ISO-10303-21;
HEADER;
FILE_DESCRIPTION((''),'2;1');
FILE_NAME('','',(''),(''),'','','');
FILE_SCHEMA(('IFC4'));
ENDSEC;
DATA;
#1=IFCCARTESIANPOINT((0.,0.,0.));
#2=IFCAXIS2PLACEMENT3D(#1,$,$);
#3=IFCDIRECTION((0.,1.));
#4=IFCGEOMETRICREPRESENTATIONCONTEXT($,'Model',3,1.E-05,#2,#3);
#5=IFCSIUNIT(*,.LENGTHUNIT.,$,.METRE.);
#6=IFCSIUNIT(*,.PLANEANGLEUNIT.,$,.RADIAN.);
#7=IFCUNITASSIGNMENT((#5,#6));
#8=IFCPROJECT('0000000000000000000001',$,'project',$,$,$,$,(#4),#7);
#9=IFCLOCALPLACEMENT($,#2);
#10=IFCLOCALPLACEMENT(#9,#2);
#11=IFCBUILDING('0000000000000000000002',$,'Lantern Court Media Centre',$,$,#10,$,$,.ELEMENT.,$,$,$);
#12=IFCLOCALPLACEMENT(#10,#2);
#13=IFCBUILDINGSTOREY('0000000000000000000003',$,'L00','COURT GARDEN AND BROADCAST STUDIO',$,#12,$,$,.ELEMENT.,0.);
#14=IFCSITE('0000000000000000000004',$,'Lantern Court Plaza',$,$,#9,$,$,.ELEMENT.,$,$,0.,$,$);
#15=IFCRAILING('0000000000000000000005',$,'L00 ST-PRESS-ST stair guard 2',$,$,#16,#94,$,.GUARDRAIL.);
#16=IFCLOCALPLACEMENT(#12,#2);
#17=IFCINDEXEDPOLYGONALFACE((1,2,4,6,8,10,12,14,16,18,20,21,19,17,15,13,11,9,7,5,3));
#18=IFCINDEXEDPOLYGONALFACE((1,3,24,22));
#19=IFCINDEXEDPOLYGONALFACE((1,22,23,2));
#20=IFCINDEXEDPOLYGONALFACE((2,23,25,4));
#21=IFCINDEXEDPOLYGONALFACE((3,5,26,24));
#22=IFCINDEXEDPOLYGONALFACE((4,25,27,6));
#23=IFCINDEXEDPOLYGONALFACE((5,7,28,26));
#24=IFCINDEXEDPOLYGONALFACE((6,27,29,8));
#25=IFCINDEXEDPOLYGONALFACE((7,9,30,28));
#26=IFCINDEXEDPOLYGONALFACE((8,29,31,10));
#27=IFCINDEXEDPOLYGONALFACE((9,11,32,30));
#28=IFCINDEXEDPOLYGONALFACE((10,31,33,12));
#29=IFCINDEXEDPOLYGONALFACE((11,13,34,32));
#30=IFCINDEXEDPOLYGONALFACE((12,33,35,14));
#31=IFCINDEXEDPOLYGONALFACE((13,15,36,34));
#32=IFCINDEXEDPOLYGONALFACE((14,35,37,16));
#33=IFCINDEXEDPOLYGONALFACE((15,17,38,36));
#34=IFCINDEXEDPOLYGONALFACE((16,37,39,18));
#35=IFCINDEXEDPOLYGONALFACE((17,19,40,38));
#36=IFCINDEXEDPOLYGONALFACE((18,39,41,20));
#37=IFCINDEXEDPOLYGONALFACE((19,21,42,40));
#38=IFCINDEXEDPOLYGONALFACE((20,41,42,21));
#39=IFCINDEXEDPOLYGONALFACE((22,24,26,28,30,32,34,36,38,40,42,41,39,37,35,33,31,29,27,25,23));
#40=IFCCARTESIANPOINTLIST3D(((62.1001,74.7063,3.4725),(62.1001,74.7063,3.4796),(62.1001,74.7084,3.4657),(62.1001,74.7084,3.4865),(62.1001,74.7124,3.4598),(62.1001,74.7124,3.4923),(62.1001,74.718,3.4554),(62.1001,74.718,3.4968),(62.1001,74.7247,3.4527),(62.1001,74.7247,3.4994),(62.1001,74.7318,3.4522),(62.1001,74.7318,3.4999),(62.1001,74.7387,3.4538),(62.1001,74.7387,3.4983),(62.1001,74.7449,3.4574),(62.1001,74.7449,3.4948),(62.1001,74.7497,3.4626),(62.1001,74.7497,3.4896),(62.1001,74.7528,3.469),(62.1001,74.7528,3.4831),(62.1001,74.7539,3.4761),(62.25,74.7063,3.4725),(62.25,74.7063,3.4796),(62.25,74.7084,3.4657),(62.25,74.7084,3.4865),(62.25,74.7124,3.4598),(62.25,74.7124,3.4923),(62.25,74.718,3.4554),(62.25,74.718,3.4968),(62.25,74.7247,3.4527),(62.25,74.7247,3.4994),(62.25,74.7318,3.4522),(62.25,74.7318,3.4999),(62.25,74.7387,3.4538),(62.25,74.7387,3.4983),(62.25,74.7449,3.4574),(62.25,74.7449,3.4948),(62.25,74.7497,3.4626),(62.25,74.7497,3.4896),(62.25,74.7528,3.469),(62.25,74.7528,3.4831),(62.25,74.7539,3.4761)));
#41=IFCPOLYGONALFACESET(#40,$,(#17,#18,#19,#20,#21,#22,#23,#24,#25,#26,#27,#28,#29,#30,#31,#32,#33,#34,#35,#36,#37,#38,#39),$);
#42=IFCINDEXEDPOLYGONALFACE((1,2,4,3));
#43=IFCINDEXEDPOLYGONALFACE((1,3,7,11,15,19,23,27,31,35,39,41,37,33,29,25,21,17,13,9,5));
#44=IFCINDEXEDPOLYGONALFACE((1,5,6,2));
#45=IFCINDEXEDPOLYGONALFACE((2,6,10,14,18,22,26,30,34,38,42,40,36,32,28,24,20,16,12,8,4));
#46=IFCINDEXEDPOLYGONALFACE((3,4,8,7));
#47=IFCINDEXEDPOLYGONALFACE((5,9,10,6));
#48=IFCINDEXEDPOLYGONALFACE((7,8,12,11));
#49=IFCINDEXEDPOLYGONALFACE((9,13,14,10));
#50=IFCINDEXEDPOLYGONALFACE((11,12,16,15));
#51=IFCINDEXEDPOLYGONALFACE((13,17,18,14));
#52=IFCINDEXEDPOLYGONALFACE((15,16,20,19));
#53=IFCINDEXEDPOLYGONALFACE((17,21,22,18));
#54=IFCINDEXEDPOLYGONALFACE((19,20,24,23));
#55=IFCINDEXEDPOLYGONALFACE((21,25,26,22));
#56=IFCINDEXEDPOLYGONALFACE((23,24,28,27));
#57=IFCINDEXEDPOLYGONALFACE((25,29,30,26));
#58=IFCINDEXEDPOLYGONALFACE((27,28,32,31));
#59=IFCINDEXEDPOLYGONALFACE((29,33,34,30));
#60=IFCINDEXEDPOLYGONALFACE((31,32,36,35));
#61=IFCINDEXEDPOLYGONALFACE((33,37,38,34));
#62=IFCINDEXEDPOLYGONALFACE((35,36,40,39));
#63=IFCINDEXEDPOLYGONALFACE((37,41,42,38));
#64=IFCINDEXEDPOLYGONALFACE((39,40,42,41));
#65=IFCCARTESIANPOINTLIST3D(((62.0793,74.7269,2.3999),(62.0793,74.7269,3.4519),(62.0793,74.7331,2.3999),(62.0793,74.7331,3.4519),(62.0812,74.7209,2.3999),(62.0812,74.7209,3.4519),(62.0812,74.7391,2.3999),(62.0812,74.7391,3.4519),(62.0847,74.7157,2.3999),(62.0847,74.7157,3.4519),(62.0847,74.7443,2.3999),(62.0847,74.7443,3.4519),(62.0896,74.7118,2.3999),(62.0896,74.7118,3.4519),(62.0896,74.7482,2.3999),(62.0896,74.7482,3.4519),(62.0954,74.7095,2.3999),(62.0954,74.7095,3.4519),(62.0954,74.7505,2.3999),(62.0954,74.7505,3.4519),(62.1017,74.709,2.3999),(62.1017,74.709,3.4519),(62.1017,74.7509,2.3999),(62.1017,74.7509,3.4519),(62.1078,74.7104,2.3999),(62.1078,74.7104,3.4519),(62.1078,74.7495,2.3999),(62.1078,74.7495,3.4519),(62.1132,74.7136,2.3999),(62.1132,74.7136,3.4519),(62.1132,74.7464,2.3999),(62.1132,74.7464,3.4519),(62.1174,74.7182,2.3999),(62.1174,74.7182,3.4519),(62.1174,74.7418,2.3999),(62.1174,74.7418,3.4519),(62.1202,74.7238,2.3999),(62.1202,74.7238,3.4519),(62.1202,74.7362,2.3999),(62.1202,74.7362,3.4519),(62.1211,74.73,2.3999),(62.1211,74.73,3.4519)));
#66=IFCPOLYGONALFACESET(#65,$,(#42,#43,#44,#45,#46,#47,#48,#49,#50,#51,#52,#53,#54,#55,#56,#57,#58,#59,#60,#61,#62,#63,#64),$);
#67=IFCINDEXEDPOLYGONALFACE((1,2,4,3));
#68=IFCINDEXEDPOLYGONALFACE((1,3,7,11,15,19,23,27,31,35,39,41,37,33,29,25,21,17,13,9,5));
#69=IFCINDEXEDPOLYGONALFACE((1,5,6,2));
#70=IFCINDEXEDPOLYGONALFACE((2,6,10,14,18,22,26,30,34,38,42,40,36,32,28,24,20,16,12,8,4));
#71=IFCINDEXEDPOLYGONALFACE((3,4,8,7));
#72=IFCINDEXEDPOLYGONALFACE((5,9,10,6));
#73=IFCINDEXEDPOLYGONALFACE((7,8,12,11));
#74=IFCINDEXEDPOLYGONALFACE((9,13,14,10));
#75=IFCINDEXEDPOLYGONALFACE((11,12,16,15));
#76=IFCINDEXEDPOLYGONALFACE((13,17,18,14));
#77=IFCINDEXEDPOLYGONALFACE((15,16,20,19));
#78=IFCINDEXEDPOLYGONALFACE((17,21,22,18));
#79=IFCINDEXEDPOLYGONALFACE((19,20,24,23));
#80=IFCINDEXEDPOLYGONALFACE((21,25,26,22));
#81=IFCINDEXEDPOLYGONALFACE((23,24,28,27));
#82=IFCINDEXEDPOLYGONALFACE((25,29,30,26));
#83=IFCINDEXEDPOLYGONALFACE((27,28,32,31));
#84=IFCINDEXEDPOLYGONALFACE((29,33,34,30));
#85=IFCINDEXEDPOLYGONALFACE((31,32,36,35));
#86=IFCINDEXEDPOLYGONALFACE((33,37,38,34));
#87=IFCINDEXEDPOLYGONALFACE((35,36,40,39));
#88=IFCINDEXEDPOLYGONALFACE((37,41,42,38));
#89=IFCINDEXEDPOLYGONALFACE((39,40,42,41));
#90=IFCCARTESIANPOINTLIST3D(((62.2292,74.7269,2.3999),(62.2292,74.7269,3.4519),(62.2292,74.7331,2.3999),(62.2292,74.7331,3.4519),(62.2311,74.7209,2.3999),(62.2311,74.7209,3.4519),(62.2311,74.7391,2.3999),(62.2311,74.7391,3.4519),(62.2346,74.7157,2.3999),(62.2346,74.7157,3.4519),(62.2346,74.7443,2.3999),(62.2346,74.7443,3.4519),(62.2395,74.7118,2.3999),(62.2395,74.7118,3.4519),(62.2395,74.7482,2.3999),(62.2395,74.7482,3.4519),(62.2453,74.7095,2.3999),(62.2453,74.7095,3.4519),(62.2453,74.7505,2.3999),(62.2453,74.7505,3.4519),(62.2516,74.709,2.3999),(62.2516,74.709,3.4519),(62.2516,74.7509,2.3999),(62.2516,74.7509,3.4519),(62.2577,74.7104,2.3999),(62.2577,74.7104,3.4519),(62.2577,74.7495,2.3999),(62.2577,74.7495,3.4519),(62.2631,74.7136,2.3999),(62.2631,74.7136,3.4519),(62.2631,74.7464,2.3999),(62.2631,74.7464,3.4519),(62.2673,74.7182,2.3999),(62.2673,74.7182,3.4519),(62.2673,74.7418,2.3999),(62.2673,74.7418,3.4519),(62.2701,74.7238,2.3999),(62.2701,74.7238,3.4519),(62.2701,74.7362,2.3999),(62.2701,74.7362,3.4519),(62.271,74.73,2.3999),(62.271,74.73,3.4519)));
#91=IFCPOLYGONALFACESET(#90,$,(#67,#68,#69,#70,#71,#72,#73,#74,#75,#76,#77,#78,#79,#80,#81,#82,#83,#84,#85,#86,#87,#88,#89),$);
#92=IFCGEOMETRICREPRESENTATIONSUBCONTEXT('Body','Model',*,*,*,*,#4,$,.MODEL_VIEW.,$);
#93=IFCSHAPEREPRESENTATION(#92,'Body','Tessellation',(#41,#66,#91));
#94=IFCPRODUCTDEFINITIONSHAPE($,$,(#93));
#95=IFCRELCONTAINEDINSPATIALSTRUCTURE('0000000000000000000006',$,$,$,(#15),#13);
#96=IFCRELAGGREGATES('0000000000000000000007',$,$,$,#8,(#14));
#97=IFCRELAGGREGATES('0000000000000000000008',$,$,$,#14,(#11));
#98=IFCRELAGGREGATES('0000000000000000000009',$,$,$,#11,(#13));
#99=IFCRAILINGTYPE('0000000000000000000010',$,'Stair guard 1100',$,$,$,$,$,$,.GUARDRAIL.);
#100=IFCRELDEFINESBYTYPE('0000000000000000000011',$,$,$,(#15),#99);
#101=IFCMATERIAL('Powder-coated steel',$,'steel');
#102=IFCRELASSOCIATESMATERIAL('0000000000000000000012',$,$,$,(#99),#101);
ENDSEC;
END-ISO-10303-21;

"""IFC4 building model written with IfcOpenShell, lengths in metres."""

from ifc_helpers import new_model, si_unit, direction, frame, origin, origin_2d, place, context, subcontext, project, spatial, circle, extrude, material, type_object, element, save


model = new_model("IFC4")

# Units and contexts
model_context = context("Model", 3, precision=1e-05, world=origin(), true_north=direction((0.0, 1.0)))
body_context = subcontext(model_context, "Body", "Model", "MODEL_VIEW")
ifc_project = project(units=[si_unit("LENGTHUNIT", "METRE"), si_unit("PLANEANGLEUNIT", "RADIAN")], contexts=[model_context])

# Site, building, storey
site_placement = place(None, origin())
site = spatial("IfcSite", under=ifc_project, at=site_placement, Name="Lantern Court Plaza", CompositionType="ELEMENT", RefElevation=0.0)
building_placement = place(site_placement, origin())
building = spatial("IfcBuilding", under=site, at=building_placement, Name="Lantern Court Media Centre", CompositionType="ELEMENT")
storey_placement = place(building_placement, origin())
storey = spatial("IfcBuildingStorey", under=building, at=storey_placement, Name="L00", Description="COURT GARDEN AND BROADCAST STUDIO", CompositionType="ELEMENT", Elevation=0.0)

# Railing
ifc_material_1 = material(Name="Powder-coated steel", Category="steel")
railing_type_1 = type_object("IfcRailingType", Name="Stair guard 1100", PredefinedType="GUARDRAIL", material=ifc_material_1)
railing_1_placement = place(storey_placement, frame((62.1001, 74.73, 2.3999)))
element("IfcRailing", 1, at=railing_1_placement, inside=storey, type_object=railing_type_1, Name="L00 ST-PRESS-ST stair guard 2", PredefinedType="GUARDRAIL", context=body_context, shape_type="SweptSolid", body=[
    extrude(circle(Radius=0.0239, at=origin_2d()), frame((0.0, 0.0, 1.0762), z_axis=(1.0, 0.0, 0.0), x_axis=(0.0, 1.0, 0.0)), (0.0, 0.0, 1.0), 0.1499),
    extrude(circle(Radius=0.021, at=origin_2d()), origin(), (0.0, 0.0, 1.0), 1.052),
    extrude(circle(Radius=0.021, at=origin_2d()), frame((0.1499, 0.0, 0.0)), (0.0, 0.0, 1.0), 1.052),
])

save(model, "model.ifc")
